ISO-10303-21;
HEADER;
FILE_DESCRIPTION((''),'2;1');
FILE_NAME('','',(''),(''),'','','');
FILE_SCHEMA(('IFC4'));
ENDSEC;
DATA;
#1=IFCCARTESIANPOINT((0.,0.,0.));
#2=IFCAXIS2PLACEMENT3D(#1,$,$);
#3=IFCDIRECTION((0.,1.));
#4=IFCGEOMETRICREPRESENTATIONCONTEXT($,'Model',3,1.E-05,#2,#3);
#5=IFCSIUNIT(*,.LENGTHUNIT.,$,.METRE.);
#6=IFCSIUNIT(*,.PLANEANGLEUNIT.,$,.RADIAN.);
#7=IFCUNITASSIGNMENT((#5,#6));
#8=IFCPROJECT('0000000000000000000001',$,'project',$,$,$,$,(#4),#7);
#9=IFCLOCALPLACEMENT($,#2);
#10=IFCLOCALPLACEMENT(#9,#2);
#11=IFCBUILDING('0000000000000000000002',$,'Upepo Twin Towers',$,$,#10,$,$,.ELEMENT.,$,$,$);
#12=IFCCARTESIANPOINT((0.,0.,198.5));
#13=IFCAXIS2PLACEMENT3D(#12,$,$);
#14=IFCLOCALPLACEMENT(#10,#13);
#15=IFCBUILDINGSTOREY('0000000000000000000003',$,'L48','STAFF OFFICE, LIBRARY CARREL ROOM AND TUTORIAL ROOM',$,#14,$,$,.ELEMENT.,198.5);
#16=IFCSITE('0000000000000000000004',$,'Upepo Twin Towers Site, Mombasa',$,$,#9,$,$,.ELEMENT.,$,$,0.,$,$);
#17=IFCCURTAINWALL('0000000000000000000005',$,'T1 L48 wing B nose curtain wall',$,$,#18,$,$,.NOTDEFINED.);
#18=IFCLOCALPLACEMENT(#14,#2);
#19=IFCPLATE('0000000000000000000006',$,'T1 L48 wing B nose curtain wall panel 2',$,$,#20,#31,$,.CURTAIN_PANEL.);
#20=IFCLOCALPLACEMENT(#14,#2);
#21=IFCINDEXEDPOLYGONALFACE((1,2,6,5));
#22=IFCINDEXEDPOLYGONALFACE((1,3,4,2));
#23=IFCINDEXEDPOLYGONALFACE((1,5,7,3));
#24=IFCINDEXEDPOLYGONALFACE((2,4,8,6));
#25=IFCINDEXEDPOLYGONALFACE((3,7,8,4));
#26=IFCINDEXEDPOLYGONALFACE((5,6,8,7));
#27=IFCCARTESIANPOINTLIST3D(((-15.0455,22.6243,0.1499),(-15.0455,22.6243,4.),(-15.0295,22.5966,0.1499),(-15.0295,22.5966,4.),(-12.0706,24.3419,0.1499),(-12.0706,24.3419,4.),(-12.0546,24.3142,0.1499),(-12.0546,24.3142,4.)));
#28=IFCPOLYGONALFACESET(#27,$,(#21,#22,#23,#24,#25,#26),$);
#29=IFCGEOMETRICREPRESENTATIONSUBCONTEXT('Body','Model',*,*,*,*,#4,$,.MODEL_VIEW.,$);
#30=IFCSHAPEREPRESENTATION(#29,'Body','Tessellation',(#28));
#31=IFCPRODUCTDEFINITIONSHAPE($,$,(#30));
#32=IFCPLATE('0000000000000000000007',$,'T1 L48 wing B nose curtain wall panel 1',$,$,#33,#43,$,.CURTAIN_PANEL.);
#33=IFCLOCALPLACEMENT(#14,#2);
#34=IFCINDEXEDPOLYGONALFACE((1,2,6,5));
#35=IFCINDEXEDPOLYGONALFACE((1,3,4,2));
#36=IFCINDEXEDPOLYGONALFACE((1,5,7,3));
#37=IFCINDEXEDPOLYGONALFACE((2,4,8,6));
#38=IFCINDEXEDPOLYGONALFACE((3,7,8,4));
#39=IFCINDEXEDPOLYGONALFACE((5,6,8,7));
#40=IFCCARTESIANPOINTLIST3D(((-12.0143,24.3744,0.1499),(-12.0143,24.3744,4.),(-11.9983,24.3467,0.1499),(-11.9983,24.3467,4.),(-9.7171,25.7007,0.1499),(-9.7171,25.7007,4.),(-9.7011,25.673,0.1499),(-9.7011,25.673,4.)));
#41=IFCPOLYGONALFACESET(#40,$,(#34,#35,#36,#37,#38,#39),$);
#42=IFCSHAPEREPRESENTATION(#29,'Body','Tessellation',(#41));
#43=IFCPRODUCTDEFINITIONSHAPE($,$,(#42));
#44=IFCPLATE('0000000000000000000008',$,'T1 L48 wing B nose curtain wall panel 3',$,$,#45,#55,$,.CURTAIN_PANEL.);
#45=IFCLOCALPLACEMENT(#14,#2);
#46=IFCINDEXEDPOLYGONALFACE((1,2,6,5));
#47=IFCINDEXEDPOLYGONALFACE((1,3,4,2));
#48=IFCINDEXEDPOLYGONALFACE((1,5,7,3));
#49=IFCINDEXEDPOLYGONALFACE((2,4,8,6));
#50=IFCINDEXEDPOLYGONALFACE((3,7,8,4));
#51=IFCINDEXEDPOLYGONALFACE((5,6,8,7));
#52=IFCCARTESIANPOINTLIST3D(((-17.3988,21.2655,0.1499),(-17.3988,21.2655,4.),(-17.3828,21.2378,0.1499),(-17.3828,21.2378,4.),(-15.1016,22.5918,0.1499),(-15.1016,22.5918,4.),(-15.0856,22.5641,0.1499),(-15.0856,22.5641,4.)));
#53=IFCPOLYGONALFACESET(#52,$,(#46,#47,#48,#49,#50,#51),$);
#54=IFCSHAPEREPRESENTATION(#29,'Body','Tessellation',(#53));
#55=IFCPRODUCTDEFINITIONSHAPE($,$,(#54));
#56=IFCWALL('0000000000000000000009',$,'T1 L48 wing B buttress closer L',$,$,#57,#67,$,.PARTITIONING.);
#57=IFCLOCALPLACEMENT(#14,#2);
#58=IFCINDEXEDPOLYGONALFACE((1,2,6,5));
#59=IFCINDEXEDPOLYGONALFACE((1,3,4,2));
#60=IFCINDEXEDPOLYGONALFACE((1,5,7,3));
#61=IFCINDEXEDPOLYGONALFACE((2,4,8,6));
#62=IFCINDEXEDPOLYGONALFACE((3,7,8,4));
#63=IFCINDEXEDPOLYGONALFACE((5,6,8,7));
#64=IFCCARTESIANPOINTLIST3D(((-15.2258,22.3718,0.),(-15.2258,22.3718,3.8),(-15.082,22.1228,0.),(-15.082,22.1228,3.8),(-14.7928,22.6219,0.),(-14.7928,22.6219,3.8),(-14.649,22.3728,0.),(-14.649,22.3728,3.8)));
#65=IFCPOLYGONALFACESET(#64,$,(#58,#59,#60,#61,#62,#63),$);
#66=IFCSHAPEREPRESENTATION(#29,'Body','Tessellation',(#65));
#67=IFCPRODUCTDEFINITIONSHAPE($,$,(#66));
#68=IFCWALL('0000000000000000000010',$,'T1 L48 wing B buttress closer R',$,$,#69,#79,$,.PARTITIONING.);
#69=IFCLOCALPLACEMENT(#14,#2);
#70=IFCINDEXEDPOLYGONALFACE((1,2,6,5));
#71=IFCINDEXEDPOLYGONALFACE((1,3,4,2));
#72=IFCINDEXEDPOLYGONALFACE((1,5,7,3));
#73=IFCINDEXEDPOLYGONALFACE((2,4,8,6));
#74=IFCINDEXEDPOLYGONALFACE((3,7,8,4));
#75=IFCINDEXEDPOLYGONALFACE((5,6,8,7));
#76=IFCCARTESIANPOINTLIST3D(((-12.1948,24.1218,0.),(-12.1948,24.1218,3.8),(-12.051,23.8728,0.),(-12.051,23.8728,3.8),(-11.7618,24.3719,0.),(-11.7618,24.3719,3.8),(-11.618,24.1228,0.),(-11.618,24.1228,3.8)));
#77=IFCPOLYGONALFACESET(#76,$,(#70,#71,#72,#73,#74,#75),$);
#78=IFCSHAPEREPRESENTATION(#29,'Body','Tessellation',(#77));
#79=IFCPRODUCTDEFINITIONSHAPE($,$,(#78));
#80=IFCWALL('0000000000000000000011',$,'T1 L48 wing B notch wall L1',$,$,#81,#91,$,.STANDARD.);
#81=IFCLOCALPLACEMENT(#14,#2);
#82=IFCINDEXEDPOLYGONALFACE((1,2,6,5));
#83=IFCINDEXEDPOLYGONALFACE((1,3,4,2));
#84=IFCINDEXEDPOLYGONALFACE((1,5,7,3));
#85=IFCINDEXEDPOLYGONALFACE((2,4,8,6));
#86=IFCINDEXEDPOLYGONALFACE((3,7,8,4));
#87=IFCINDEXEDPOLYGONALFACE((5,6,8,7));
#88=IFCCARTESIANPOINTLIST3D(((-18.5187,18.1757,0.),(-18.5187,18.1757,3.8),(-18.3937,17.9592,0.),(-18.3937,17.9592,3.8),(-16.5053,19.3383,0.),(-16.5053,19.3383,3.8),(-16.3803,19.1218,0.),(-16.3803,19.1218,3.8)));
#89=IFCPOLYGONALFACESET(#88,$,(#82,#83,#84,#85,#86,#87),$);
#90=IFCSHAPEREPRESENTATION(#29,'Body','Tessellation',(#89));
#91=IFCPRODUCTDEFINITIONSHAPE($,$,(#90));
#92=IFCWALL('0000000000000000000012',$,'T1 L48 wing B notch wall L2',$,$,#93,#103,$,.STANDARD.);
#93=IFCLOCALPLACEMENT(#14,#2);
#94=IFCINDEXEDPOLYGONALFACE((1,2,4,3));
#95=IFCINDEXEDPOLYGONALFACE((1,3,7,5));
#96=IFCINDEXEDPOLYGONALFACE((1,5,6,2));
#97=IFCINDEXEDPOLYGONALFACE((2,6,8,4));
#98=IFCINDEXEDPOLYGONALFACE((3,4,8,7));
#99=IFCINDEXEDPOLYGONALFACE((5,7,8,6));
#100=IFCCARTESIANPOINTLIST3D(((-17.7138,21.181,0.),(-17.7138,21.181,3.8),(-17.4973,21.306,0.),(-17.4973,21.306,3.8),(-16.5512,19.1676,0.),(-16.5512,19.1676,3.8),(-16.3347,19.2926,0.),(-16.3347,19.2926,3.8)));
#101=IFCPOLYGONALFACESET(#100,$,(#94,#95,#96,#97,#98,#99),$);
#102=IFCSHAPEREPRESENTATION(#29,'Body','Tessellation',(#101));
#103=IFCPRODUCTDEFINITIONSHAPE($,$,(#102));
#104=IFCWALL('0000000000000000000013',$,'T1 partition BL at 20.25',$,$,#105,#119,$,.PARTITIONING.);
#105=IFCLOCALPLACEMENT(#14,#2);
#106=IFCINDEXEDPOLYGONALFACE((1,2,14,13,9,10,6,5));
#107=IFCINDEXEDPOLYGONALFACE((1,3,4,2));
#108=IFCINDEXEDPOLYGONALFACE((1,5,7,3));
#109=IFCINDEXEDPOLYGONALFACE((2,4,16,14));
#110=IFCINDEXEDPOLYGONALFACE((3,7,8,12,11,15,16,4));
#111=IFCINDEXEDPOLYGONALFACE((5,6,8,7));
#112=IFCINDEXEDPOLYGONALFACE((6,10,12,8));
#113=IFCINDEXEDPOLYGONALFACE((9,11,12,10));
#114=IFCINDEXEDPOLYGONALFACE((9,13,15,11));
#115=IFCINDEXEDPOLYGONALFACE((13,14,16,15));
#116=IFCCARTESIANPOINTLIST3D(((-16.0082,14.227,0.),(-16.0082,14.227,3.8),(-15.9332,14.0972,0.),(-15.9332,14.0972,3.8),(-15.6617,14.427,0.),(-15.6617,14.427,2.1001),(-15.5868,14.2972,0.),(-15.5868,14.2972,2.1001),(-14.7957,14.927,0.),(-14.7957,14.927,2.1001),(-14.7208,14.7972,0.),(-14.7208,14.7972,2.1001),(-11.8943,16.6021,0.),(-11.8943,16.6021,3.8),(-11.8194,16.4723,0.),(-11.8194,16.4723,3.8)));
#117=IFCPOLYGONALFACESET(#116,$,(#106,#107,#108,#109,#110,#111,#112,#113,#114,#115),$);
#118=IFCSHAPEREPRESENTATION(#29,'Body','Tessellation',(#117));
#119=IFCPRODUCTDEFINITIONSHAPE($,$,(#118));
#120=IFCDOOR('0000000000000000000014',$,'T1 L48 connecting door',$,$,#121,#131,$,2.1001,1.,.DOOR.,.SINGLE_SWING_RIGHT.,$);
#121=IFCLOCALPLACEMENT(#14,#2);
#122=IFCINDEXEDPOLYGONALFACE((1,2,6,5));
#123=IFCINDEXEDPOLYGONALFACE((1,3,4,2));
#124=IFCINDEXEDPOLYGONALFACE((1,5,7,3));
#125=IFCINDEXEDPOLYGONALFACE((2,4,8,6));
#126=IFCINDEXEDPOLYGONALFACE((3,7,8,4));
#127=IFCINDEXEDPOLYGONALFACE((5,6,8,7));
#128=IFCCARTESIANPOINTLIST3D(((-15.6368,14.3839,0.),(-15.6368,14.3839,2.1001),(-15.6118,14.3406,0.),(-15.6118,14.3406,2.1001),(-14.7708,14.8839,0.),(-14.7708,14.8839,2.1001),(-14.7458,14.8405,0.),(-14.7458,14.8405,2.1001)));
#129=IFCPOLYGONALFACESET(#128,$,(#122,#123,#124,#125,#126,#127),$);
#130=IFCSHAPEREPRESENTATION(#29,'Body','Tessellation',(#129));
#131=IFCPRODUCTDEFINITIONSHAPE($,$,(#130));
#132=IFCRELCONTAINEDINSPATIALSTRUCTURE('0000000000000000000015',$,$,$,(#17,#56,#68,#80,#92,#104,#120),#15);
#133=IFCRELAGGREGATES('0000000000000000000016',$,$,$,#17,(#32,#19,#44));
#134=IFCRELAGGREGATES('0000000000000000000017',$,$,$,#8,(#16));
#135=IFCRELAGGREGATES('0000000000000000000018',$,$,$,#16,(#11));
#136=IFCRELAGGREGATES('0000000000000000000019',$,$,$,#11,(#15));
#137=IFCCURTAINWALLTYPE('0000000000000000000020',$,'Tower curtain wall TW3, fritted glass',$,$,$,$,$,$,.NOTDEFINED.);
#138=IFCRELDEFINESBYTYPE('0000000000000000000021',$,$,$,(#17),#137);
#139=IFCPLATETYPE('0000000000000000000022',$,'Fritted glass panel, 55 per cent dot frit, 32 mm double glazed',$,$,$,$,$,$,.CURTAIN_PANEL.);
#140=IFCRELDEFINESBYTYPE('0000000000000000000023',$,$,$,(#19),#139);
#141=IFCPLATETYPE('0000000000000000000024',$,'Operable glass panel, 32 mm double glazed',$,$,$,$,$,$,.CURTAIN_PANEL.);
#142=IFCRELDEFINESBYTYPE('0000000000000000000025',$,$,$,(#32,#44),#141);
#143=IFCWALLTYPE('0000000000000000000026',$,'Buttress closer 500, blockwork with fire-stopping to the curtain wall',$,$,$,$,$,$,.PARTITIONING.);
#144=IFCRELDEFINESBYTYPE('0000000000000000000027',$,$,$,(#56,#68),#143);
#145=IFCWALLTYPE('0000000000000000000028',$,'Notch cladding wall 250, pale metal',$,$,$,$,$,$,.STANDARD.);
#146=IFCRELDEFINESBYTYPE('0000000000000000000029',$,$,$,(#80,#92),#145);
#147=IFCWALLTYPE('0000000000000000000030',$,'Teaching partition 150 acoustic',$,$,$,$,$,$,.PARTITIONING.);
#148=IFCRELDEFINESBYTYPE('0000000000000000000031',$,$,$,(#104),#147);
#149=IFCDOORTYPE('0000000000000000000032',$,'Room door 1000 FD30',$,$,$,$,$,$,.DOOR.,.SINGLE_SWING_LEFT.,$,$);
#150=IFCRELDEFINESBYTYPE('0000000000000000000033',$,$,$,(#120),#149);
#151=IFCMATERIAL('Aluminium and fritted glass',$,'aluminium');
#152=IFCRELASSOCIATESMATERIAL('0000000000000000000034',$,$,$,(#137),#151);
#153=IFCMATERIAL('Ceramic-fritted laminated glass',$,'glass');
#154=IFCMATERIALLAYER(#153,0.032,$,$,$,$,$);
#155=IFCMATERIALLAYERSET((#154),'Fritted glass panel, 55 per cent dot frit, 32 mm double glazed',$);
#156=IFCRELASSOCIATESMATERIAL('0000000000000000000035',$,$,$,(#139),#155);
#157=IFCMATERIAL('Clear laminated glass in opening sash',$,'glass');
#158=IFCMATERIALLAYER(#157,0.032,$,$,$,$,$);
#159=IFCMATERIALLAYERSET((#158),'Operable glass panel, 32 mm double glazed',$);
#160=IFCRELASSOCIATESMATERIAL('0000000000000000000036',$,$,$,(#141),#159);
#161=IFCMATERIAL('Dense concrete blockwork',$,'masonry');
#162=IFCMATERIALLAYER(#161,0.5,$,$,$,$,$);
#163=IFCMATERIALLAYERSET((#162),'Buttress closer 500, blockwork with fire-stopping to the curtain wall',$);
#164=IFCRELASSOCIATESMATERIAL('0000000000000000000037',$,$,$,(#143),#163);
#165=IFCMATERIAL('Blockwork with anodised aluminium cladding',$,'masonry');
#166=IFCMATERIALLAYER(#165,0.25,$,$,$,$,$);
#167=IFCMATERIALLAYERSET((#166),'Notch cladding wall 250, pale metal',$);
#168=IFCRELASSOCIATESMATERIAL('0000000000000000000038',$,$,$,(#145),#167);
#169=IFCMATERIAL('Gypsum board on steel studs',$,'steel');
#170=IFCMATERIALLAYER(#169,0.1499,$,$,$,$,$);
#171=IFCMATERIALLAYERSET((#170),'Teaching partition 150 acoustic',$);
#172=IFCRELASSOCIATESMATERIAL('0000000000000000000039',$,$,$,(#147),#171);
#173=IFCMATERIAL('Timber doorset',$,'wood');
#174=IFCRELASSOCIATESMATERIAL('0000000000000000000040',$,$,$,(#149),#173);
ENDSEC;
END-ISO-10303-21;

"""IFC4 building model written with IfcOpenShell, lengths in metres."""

from ifc_helpers import new_model, si_unit, direction, frame, frame_2d, origin, origin_2d, place, context, subcontext, project, spatial, rectangle, extrude, material, layer, layer_set, type_object, element, fill, aggregate, save


model = new_model("IFC4")

# Units and contexts
model_context = context("Model", 3, precision=1e-05, world=origin(), true_north=direction((0.0, 1.0)))
body_context = subcontext(model_context, "Body", "Model", "MODEL_VIEW")
ifc_project = project(units=[si_unit("LENGTHUNIT", "METRE"), si_unit("PLANEANGLEUNIT", "RADIAN")], contexts=[model_context])

# Site, building, storey
site_placement = place(None, origin())
site = spatial("IfcSite", under=ifc_project, at=site_placement, Name="Upepo Twin Towers Site, Mombasa", CompositionType="ELEMENT", RefElevation=0.0)
building_placement = place(site_placement, origin())
building = spatial("IfcBuilding", under=site, at=building_placement, Name="Upepo Twin Towers", CompositionType="ELEMENT")
storey_placement = place(building_placement, frame((0.0, 0.0, 198.5)))
storey = spatial("IfcBuildingStorey", under=building, at=storey_placement, Name="L48", Description="STAFF OFFICE, LIBRARY CARREL ROOM AND TUTORIAL ROOM", CompositionType="ELEMENT", Elevation=198.5)

# Curtain wall
ifc_material_1 = material(Name="Aluminium and fritted glass", Category="aluminium")
curtain_wall_type = type_object("IfcCurtainWallType", Name="Tower curtain wall TW3, fritted glass", PredefinedType="NOTDEFINED", material=ifc_material_1)
curtain_wall_1_placement = place(storey_placement, origin())
curtain_wall_1 = element("IfcCurtainWall", 1, at=curtain_wall_1_placement, inside=storey, type_object=curtain_wall_type, Name="T1 L48 wing B nose curtain wall", PredefinedType="NOTDEFINED")

# Plates
ifc_material_2 = material(Name="Ceramic-fritted laminated glass", Category="glass")
ifc_layer_1 = layer(ifc_material_2, 0.032)
ifc_layer_set_1 = layer_set([ifc_layer_1], Name="Fritted glass panel, 55 per cent dot frit, 32 mm double glazed")
plate_type_1 = type_object("IfcPlateType", Name="Fritted glass panel, 55 per cent dot frit, 32 mm double glazed", PredefinedType="CURTAIN_PANEL", material=ifc_layer_set_1)
plate_1_placement = place(storey_placement, frame((-13.55, 23.4692, 0.1499), z_axis=(0.0, 0.0, 1.0), x_axis=(-0.866025, -0.5, 0.0)))
plate_1 = element("IfcPlate", 2, at=plate_1_placement, type_object=plate_type_1, Name="T1 L48 wing B nose curtain wall panel 2", PredefinedType="CURTAIN_PANEL", context=body_context, shape_type="SweptSolid", body=[
    extrude(rectangle(XDim=3.4351, YDim=0.032, at=origin_2d()), origin(), (0.0, 0.0, 1.0), 3.8501),
])
ifc_material_3 = material(Name="Clear laminated glass in opening sash", Category="glass")
ifc_layer_2 = layer(ifc_material_3, 0.032)
ifc_layer_set_2 = layer_set([ifc_layer_2], Name="Operable glass panel, 32 mm double glazed")
plate_type_2 = type_object("IfcPlateType", Name="Operable glass panel, 32 mm double glazed", PredefinedType="CURTAIN_PANEL", material=ifc_layer_set_2)
plate_2_placement = place(storey_placement, frame((-10.8577, 25.0237, 0.1499), z_axis=(0.0, 0.0, 1.0), x_axis=(-0.866025, -0.5, 0.0)))
plate_2 = element("IfcPlate", 3, at=plate_2_placement, type_object=plate_type_2, Name="T1 L48 wing B nose curtain wall panel 1", PredefinedType="CURTAIN_PANEL", context=body_context, shape_type="SweptSolid", body=[
    extrude(rectangle(XDim=2.6526, YDim=0.032, at=origin_2d()), origin(), (0.0, 0.0, 1.0), 3.8501),
])
plate_3_placement = place(storey_placement, frame((-16.2422, 21.9148, 0.1499), z_axis=(0.0, 0.0, 1.0), x_axis=(-0.866025, -0.5, 0.0)))
plate_3 = element("IfcPlate", 4, at=plate_3_placement, type_object=plate_type_2, Name="T1 L48 wing B nose curtain wall panel 3", PredefinedType="CURTAIN_PANEL", context=body_context, shape_type="SweptSolid", body=[
    extrude(rectangle(XDim=2.6526, YDim=0.032, at=origin_2d()), origin(), (0.0, 0.0, 1.0), 3.8501),
])
aggregate(curtain_wall_1, [plate_2, plate_1, plate_3])

# Walls
ifc_material_4 = material(Name="Dense concrete blockwork", Category="masonry")
ifc_layer_3 = layer(ifc_material_4, 0.5)
ifc_layer_set_3 = layer_set([ifc_layer_3], Name="Buttress closer 500, blockwork with fire-stopping to the curtain wall")
wall_type_1 = type_object("IfcWallType", Name="Buttress closer 500, blockwork with fire-stopping to the curtain wall", PredefinedType="PARTITIONING", material=ifc_layer_set_3)
for number, where, z_axis, x_axis, name in (
    (5, (-14.8655, 22.2478, 0.0), (0.0, 0.0, 1.0), (-0.500065, 0.865988, 0.0), "T1 L48 wing B buttress closer L"),
    (6, (-11.8345, 23.9978, 0.0), (0.0, 0.0, 1.0), (-0.500065, 0.865988, 0.0), "T1 L48 wing B buttress closer R"),
):
    element("IfcWall", number, at=place(storey_placement, frame(where, z_axis=z_axis, x_axis=x_axis)), inside=storey, type_object=wall_type_1, Name=name, PredefinedType="PARTITIONING", context=body_context, shape_type="SweptSolid", body=[
        extrude(rectangle(XDim=0.2876, YDim=0.5, at=frame_2d((0.1438, 0.0))), origin(), (0.0, 0.0, 1.0), 3.8),
    ])
ifc_material_5 = material(Name="Blockwork with anodised aluminium cladding", Category="masonry")
ifc_layer_4 = layer(ifc_material_5, 0.25)
ifc_layer_set_4 = layer_set([ifc_layer_4], Name="Notch cladding wall 250, pale metal")
wall_type_2 = type_object("IfcWallType", Name="Notch cladding wall 250, pale metal", PredefinedType="STANDARD", material=ifc_layer_set_4)
for number, where, z_axis, x_axis, name in (
    (7, (-18.4563, 18.0674, 0.0), (0.0, 0.0, 1.0), (0.865998, 0.500047, 0.0), "T1 L48 wing B notch wall L1"),
    (8, (-16.4429, 19.23, 0.0), (0.0, 0.0, 1.0), (-0.500047, 0.865998, 0.0), "T1 L48 wing B notch wall L2"),
):
    element("IfcWall", number, at=place(storey_placement, frame(where, z_axis=z_axis, x_axis=x_axis)), inside=storey, type_object=wall_type_2, Name=name, PredefinedType="STANDARD", context=body_context, shape_type="SweptSolid", body=[
        extrude(rectangle(XDim=2.325, YDim=0.25, at=frame_2d((1.1626, 0.0))), origin(), (0.0, 0.0, 1.0), 3.8),
    ])

# Wall, opening, door
ifc_material_6 = material(Name="Gypsum board on steel studs", Category="steel")
ifc_layer_5 = layer(ifc_material_6, 0.1499)
ifc_layer_set_5 = layer_set([ifc_layer_5], Name="Teaching partition 150 acoustic")
wall_type_3 = type_object("IfcWallType", Name="Teaching partition 150 acoustic", PredefinedType="PARTITIONING", material=ifc_layer_set_5)
wall_placement = place(storey_placement, frame((-11.8569, 16.5371, 0.0), z_axis=(0.0, 0.0, 1.0), x_axis=(-0.866033, -0.499986, 0.0)))
wall = element("IfcWall", 9, at=wall_placement, inside=storey, type_object=wall_type_3, Name="T1 partition BL at 20.25", PredefinedType="PARTITIONING", context=body_context, shape_type="SweptSolid", body=[
    extrude(rectangle(XDim=4.7502, YDim=0.1499, at=frame_2d((2.375, 0.0))), origin(), (0.0, 0.0, 1.0), 3.8),
])
opening_placement = place(wall_placement, frame((3.3501, 0.0, 0.0)))
opening = element("IfcOpeningElement", 10, at=opening_placement, cuts=wall, PredefinedType="OPENING", context=body_context, shape_type="SweptSolid", body=[
    extrude(rectangle(XDim=1.0, YDim=2.1001, at=frame_2d((0.5, 1.05))), frame((0.0, 0.085, 0.0), z_axis=(0.0, -1.0, 0.0), x_axis=(1.0, 0.0, 0.0)), (0.0, 0.0, 1.0), 0.1699),
])
ifc_material_7 = material(Name="Timber doorset", Category="wood")
door_type = type_object("IfcDoorType", Name="Room door 1000 FD30", OperationType="SINGLE_SWING_LEFT", PredefinedType="DOOR", material=ifc_material_7)
door_placement = place(opening_placement, origin())
door = element("IfcDoor", 11, at=door_placement, inside=storey, type_object=door_type, Name="T1 L48 connecting door", OperationType="SINGLE_SWING_RIGHT", OverallHeight=2.1001, OverallWidth=1.0, PredefinedType="DOOR", context=body_context, shape_type="SweptSolid", body=[
    extrude(rectangle(XDim=1.0, YDim=2.1001, at=frame_2d((0.5, 1.05))), frame((0.0, 0.0249, 0.0), z_axis=(0.0, -1.0, 0.0), x_axis=(1.0, 0.0, 0.0)), (0.0, 0.0, 1.0), 0.05),
])
fill(opening, door)

save(model, "model.ifc")
